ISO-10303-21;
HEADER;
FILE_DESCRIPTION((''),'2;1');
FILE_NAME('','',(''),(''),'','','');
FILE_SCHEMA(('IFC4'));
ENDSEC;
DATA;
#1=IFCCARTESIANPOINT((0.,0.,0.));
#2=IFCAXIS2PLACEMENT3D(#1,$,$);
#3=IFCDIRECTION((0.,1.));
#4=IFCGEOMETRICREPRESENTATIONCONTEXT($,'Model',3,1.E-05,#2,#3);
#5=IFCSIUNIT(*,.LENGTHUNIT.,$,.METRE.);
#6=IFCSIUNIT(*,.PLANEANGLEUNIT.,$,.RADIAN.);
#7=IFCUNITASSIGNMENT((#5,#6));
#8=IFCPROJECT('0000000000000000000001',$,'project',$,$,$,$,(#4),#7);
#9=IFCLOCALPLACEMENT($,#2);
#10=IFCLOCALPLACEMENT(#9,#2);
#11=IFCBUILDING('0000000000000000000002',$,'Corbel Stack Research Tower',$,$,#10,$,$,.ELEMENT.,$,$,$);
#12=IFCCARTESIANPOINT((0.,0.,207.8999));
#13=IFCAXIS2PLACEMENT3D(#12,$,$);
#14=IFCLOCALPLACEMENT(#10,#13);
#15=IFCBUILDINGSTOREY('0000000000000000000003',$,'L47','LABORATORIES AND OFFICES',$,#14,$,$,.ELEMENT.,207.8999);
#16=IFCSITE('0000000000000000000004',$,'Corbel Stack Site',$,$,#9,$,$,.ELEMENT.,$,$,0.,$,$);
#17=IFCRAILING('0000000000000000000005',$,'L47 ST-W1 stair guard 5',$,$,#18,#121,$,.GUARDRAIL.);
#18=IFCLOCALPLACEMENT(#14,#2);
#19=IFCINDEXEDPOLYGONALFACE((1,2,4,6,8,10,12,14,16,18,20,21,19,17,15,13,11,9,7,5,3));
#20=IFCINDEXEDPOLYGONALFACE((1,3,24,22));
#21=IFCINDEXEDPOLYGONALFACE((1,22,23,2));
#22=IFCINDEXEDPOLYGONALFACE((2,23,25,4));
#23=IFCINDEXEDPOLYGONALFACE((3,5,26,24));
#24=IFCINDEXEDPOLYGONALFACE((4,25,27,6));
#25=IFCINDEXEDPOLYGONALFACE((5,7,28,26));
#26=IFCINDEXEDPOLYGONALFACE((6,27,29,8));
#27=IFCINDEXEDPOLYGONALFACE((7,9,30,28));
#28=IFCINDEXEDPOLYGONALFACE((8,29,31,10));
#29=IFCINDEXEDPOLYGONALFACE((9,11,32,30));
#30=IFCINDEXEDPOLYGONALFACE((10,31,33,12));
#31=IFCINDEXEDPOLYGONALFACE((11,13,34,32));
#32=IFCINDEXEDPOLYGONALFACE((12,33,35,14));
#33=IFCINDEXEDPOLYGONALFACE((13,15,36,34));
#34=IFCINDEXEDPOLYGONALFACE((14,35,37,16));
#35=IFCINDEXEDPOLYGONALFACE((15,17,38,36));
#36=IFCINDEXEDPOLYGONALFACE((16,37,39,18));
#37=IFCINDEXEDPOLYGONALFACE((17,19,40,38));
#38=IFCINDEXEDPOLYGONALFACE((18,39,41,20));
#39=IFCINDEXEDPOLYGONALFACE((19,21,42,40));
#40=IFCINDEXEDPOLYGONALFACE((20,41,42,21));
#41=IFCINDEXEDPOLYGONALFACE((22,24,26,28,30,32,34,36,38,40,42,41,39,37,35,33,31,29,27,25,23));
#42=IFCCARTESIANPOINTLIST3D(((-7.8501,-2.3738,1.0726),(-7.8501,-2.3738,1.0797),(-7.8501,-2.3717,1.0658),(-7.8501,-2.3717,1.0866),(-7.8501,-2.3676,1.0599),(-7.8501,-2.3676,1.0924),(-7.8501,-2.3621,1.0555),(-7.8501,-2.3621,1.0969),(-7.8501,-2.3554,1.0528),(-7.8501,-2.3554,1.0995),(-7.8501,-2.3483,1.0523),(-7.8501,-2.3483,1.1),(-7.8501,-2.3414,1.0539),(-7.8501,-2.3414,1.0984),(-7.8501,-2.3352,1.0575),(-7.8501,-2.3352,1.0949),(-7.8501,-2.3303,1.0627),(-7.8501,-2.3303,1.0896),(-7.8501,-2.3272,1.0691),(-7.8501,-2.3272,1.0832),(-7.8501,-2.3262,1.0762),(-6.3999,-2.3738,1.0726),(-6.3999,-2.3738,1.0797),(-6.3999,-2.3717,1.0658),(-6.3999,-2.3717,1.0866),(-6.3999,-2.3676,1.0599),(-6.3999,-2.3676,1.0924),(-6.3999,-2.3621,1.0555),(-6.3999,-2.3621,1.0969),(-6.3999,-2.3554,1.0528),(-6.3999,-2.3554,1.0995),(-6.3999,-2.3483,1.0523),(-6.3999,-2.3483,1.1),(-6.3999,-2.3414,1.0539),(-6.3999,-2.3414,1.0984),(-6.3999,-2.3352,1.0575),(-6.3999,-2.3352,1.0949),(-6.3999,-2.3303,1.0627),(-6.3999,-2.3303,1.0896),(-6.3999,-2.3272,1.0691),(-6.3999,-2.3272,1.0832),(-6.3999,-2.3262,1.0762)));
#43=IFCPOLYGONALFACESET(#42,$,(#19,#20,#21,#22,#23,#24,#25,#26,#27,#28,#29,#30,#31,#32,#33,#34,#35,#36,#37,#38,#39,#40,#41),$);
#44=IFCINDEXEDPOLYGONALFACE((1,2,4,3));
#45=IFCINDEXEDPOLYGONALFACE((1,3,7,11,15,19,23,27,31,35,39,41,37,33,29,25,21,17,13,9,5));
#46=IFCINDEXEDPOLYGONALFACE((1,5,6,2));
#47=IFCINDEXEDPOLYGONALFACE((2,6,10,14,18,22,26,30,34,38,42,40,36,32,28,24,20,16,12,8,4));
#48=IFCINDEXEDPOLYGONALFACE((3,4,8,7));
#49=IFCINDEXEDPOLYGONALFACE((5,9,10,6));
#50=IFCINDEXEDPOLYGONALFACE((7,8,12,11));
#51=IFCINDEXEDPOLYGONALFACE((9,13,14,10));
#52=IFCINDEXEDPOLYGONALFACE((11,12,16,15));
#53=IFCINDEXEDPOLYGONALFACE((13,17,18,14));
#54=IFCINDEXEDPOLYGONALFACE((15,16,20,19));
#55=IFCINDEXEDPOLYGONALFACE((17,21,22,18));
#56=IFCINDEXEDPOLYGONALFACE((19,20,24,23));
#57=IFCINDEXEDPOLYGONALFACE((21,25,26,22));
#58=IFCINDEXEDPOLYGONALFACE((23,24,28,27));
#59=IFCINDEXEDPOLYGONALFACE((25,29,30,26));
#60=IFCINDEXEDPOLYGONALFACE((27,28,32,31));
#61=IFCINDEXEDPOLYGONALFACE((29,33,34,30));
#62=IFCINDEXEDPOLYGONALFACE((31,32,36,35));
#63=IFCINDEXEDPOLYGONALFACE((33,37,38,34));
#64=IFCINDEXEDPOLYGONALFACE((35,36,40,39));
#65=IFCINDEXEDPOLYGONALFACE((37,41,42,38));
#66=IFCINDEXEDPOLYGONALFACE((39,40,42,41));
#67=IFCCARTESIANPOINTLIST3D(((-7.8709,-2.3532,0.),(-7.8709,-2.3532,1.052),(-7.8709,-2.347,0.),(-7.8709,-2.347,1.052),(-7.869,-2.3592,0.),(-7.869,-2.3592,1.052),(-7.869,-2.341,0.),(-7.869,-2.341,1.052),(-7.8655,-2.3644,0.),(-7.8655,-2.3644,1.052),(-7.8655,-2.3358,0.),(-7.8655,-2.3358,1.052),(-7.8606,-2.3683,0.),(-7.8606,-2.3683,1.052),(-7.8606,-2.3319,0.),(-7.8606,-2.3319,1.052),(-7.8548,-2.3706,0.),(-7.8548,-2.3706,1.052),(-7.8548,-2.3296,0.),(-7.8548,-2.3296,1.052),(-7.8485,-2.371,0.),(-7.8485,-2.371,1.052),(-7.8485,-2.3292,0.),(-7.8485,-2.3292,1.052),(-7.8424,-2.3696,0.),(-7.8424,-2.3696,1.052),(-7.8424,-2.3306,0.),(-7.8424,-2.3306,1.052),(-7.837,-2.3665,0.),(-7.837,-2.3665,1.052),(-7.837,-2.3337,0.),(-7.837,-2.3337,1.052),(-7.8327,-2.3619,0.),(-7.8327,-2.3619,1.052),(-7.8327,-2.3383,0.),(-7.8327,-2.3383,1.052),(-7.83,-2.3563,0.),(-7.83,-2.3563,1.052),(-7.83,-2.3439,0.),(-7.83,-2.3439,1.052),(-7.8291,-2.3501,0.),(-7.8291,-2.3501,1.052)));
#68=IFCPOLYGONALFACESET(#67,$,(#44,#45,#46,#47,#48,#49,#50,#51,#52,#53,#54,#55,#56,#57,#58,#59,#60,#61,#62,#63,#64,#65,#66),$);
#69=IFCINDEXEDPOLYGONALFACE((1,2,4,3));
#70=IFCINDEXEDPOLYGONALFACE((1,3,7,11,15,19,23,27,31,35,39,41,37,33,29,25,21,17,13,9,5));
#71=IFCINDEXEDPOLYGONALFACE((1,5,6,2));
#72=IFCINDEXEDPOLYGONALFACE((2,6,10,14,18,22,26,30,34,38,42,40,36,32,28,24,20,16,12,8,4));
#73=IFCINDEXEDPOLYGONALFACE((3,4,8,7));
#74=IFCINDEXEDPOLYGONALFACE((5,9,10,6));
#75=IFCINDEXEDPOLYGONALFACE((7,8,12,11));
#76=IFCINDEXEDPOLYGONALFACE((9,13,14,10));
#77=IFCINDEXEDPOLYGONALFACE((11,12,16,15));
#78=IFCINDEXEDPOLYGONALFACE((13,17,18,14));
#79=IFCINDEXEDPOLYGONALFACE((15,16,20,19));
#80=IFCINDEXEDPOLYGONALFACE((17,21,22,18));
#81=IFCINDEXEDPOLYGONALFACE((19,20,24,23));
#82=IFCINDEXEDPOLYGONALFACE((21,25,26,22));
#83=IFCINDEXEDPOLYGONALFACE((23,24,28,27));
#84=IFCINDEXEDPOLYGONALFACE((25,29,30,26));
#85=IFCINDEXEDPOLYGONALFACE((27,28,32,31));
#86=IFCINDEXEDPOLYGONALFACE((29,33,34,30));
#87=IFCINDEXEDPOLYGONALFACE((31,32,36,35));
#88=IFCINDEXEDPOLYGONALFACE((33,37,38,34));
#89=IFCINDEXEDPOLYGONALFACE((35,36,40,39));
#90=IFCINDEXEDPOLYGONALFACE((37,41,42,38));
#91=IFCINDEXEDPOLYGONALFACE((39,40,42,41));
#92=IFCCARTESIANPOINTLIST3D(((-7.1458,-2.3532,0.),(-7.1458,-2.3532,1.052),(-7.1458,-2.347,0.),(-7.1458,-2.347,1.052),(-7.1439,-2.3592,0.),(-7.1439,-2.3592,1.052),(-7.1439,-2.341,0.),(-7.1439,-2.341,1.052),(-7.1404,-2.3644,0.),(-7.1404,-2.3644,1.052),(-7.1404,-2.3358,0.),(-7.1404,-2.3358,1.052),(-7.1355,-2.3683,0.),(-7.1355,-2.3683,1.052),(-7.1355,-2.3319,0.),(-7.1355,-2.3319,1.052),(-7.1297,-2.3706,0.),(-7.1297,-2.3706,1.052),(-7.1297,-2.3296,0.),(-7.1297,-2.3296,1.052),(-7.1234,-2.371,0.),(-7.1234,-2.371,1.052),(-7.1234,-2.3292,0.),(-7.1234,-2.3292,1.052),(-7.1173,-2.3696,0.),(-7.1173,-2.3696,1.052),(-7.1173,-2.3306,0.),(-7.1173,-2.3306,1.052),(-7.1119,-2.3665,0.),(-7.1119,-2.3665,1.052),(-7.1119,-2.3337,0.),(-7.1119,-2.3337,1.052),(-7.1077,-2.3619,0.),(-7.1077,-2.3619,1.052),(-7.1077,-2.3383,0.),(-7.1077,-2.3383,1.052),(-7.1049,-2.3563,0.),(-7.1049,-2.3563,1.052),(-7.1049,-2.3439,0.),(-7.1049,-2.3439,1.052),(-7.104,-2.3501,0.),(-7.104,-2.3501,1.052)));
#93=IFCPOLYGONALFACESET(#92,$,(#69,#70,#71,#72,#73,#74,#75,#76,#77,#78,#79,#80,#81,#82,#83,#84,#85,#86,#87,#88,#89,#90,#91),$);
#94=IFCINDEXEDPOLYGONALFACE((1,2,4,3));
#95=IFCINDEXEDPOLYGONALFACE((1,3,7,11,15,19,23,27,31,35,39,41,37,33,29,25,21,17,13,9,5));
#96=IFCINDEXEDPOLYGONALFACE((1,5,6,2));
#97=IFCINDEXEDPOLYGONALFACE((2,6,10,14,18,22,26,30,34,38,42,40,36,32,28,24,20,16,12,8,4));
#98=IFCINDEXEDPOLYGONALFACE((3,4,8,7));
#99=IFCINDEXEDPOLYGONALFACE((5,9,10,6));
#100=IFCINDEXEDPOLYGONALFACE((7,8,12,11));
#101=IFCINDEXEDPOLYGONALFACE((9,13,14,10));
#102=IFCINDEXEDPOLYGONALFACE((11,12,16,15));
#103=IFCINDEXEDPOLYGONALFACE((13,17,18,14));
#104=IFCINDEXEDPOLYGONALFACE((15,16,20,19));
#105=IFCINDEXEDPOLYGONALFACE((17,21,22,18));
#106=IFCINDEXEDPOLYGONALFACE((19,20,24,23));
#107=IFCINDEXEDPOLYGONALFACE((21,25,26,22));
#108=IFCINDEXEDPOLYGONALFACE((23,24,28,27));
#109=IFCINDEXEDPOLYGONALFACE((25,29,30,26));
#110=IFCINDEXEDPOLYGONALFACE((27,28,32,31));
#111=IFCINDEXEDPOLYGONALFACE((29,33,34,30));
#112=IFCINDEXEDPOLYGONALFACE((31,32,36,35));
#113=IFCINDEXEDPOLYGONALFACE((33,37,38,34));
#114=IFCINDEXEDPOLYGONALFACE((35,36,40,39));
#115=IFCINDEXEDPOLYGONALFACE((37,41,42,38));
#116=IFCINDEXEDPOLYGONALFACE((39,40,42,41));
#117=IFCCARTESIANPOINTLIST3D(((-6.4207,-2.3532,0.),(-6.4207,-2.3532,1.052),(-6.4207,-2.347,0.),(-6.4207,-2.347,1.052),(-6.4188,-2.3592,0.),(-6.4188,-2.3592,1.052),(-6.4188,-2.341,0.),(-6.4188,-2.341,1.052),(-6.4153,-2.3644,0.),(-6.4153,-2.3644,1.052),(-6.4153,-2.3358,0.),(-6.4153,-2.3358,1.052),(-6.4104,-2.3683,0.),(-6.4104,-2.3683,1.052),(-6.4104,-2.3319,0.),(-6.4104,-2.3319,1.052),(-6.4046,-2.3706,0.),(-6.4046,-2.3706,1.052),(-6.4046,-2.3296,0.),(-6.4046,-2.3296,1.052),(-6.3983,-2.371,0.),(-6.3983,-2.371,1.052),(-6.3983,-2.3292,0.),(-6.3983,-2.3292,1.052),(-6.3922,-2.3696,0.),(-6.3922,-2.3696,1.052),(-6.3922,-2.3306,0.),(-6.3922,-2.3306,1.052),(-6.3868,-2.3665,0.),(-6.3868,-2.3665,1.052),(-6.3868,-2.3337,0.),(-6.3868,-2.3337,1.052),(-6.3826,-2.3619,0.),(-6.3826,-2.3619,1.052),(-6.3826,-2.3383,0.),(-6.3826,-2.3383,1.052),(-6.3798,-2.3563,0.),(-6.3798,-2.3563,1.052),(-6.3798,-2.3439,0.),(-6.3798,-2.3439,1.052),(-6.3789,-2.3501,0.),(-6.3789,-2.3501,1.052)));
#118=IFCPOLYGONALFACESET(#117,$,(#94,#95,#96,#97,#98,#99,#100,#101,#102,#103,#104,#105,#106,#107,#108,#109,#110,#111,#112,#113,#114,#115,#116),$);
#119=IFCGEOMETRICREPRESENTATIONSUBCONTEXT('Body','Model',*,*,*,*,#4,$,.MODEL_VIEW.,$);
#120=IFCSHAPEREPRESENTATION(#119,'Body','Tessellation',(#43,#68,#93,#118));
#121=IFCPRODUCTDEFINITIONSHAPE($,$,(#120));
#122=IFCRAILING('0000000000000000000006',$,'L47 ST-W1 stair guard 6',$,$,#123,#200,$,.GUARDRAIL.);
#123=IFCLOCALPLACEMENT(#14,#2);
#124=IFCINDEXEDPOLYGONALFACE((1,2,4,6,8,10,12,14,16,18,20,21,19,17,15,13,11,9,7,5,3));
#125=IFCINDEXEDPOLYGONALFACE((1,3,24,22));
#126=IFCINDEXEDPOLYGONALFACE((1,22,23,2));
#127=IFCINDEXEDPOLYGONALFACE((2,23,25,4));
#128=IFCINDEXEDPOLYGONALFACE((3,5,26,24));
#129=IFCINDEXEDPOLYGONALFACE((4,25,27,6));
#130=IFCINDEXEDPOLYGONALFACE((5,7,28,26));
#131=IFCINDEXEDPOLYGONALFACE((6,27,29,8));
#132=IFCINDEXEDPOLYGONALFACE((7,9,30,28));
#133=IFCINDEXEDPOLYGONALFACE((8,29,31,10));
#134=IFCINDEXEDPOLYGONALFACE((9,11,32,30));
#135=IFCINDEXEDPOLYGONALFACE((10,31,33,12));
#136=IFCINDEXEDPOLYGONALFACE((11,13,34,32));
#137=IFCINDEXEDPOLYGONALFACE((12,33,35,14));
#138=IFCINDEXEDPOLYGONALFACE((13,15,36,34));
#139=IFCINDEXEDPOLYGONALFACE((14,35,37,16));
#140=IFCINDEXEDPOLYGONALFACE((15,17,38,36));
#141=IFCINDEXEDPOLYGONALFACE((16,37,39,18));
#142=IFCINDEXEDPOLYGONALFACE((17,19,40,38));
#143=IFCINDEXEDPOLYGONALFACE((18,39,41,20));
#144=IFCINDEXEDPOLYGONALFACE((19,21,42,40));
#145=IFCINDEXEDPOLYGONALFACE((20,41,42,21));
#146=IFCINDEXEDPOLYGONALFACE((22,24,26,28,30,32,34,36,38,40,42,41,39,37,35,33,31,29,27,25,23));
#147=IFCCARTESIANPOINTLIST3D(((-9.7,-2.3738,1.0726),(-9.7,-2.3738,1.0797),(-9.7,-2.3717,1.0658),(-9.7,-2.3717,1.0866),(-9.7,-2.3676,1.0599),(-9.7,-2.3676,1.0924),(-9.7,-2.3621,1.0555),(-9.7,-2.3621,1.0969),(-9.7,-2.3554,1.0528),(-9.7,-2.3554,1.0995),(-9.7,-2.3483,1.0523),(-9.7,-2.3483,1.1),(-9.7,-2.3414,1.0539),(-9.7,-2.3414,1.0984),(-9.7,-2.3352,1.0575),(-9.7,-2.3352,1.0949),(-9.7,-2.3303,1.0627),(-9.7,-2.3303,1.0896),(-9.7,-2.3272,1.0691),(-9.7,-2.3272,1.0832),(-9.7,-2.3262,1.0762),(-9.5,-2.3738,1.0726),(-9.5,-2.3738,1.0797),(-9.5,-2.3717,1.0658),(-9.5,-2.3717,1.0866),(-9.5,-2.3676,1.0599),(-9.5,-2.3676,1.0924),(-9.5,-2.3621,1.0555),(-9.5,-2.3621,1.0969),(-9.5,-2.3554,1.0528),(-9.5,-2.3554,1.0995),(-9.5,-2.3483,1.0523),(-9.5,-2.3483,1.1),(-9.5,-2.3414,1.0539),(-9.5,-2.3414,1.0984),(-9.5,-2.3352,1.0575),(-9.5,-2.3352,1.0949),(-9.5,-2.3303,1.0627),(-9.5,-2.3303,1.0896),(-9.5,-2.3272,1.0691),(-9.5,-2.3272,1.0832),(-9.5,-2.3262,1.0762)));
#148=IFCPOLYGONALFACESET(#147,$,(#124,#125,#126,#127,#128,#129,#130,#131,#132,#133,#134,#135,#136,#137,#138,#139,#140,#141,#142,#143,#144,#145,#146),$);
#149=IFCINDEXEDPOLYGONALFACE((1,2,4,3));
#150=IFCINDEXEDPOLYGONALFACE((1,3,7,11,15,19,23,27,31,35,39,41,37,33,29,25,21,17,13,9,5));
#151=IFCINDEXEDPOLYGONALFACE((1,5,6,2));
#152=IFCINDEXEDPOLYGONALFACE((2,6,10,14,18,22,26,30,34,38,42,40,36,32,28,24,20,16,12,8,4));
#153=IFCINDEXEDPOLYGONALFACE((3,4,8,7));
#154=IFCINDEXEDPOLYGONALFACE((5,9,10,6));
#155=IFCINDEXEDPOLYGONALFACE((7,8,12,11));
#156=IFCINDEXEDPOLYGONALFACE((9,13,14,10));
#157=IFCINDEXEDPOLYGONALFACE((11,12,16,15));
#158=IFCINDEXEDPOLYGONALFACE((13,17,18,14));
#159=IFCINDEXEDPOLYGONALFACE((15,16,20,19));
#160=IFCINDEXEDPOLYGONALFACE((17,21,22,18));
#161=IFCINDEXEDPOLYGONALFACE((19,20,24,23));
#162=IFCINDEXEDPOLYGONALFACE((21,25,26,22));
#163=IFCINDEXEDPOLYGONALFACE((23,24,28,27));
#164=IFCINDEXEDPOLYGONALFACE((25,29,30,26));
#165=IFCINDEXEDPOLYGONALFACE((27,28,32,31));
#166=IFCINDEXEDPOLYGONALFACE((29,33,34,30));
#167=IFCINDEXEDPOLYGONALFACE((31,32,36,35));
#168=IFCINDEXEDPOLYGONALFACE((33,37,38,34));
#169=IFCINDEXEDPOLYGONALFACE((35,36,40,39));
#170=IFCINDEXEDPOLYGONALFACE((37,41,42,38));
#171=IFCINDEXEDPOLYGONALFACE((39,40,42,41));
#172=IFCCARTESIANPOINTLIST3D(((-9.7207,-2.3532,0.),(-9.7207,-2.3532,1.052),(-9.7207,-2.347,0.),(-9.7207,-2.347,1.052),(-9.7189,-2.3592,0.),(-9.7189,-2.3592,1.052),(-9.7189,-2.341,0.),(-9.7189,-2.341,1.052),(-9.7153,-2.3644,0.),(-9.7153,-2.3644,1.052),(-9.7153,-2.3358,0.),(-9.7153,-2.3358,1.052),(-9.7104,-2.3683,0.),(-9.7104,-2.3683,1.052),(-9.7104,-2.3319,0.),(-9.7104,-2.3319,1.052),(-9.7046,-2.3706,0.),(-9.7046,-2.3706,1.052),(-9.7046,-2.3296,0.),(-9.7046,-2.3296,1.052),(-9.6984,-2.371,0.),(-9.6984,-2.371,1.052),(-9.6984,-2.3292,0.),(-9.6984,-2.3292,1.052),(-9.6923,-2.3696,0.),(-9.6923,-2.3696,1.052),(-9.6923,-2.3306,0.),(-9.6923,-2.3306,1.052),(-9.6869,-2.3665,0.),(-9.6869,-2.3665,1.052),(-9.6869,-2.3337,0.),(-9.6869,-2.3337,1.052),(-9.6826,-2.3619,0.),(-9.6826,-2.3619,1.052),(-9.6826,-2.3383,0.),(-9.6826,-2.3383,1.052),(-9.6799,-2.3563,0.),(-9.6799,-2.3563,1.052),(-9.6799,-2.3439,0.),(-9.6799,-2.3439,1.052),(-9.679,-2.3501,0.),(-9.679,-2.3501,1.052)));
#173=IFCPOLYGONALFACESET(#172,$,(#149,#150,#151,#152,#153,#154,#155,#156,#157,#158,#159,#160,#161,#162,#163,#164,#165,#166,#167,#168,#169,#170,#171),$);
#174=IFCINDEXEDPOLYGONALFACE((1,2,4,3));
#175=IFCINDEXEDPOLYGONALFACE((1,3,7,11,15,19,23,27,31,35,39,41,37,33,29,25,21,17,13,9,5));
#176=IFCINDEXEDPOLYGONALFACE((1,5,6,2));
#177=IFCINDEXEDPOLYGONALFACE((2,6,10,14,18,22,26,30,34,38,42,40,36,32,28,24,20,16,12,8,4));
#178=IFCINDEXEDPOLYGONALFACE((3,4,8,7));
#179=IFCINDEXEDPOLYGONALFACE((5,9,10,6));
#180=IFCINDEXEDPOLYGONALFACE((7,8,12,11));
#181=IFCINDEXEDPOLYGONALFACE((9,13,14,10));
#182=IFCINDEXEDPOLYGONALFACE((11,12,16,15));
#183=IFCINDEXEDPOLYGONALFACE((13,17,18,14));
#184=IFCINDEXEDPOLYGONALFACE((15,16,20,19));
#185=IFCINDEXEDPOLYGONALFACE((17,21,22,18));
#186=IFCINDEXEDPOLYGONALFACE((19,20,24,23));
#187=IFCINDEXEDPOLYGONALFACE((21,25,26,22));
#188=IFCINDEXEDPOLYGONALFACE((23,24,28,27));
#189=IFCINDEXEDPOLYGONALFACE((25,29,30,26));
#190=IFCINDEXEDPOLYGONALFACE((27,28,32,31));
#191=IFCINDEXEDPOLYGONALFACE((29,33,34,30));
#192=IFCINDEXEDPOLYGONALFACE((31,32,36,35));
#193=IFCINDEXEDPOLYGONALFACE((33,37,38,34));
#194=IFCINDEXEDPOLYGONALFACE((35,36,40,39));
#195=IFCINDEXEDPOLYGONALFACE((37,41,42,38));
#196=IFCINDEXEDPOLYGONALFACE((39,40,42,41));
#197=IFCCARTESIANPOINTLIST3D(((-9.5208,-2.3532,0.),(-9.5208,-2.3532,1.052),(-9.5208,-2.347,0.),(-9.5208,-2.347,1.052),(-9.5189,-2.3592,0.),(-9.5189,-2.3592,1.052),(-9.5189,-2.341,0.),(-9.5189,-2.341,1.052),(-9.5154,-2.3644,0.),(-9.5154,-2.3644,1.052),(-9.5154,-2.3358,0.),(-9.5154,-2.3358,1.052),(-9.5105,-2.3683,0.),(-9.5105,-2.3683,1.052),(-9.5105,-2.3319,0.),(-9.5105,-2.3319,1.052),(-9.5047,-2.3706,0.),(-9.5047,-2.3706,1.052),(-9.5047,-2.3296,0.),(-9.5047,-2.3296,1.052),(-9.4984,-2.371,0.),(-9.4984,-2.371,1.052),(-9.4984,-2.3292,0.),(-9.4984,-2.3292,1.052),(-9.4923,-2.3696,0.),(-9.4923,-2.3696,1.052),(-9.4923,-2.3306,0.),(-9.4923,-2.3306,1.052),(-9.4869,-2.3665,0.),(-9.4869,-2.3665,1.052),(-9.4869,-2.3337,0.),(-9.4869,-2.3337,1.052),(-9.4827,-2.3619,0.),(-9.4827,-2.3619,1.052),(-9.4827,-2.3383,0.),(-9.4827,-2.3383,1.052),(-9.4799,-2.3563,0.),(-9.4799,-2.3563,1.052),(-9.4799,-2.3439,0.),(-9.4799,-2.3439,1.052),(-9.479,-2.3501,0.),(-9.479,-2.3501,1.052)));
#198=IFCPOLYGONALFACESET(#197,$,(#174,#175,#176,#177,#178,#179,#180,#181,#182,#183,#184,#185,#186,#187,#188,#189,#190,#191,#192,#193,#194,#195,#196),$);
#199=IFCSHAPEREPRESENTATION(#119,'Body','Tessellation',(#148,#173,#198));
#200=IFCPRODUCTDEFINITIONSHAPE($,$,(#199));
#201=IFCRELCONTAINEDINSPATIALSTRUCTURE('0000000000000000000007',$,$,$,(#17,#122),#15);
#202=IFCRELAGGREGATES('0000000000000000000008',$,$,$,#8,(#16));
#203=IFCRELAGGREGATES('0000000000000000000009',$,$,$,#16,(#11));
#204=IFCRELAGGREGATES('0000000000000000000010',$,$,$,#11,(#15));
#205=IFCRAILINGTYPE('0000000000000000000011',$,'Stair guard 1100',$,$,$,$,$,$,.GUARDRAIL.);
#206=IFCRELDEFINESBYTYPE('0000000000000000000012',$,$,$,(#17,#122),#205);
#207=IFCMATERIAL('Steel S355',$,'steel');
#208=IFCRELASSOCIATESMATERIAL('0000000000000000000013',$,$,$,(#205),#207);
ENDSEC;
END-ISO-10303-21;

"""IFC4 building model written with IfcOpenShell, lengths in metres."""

from ifc_helpers import new_model, si_unit, direction, frame, origin, origin_2d, place, context, subcontext, project, spatial, circle, extrude, material, type_object, element, save


model = new_model("IFC4")

# Units and contexts
model_context = context("Model", 3, precision=1e-05, world=origin(), true_north=direction((0.0, 1.0)))
body_context = subcontext(model_context, "Body", "Model", "MODEL_VIEW")
ifc_project = project(units=[si_unit("LENGTHUNIT", "METRE"), si_unit("PLANEANGLEUNIT", "RADIAN")], contexts=[model_context])

# Site, building, storey
site_placement = place(None, origin())
site = spatial("IfcSite", under=ifc_project, at=site_placement, Name="Corbel Stack Site", CompositionType="ELEMENT", RefElevation=0.0)
building_placement = place(site_placement, origin())
building = spatial("IfcBuilding", under=site, at=building_placement, Name="Corbel Stack Research Tower", CompositionType="ELEMENT")
storey_placement = place(building_placement, frame((0.0, 0.0, 207.8999)))
storey = spatial("IfcBuildingStorey", under=building, at=storey_placement, Name="L47", Description="LABORATORIES AND OFFICES", CompositionType="ELEMENT", Elevation=207.8999)

# Railings
ifc_material_1 = material(Name="Steel S355", Category="steel")
railing_type_1 = type_object("IfcRailingType", Name="Stair guard 1100", PredefinedType="GUARDRAIL", material=ifc_material_1)
railing_1_placement = place(storey_placement, frame((-7.8501, -2.3501, 0.0)))
element("IfcRailing", 1, at=railing_1_placement, inside=storey, type_object=railing_type_1, Name="L47 ST-W1 stair guard 5", PredefinedType="GUARDRAIL", context=body_context, shape_type="SweptSolid", body=[
    extrude(circle(Radius=0.0239, at=origin_2d()), frame((0.0, 0.0, 1.0762), z_axis=(1.0, 0.0, 0.0), x_axis=(0.0, 1.0, 0.0)), (0.0, 0.0, 1.0), 1.4502),
    extrude(circle(Radius=0.021, at=origin_2d()), origin(), (0.0, 0.0, 1.0), 1.052),
    extrude(circle(Radius=0.021, at=origin_2d()), frame((0.7251, 0.0, 0.0)), (0.0, 0.0, 1.0), 1.052),
    extrude(circle(Radius=0.021, at=origin_2d()), frame((1.4502, 0.0, 0.0)), (0.0, 0.0, 1.0), 1.052),
])
railing_2_placement = place(storey_placement, frame((-9.7, -2.3501, 0.0)))
element("IfcRailing", 2, at=railing_2_placement, inside=storey, type_object=railing_type_1, Name="L47 ST-W1 stair guard 6", PredefinedType="GUARDRAIL", context=body_context, shape_type="SweptSolid", body=[
    extrude(circle(Radius=0.0239, at=origin_2d()), frame((0.0, 0.0, 1.0762), z_axis=(1.0, 0.0, 0.0), x_axis=(0.0, 1.0, 0.0)), (0.0, 0.0, 1.0), 0.2),
    extrude(circle(Radius=0.021, at=origin_2d()), origin(), (0.0, 0.0, 1.0), 1.052),
    extrude(circle(Radius=0.021, at=origin_2d()), frame((0.2, 0.0, 0.0)), (0.0, 0.0, 1.0), 1.052),
])

save(model, "model.ifc")
